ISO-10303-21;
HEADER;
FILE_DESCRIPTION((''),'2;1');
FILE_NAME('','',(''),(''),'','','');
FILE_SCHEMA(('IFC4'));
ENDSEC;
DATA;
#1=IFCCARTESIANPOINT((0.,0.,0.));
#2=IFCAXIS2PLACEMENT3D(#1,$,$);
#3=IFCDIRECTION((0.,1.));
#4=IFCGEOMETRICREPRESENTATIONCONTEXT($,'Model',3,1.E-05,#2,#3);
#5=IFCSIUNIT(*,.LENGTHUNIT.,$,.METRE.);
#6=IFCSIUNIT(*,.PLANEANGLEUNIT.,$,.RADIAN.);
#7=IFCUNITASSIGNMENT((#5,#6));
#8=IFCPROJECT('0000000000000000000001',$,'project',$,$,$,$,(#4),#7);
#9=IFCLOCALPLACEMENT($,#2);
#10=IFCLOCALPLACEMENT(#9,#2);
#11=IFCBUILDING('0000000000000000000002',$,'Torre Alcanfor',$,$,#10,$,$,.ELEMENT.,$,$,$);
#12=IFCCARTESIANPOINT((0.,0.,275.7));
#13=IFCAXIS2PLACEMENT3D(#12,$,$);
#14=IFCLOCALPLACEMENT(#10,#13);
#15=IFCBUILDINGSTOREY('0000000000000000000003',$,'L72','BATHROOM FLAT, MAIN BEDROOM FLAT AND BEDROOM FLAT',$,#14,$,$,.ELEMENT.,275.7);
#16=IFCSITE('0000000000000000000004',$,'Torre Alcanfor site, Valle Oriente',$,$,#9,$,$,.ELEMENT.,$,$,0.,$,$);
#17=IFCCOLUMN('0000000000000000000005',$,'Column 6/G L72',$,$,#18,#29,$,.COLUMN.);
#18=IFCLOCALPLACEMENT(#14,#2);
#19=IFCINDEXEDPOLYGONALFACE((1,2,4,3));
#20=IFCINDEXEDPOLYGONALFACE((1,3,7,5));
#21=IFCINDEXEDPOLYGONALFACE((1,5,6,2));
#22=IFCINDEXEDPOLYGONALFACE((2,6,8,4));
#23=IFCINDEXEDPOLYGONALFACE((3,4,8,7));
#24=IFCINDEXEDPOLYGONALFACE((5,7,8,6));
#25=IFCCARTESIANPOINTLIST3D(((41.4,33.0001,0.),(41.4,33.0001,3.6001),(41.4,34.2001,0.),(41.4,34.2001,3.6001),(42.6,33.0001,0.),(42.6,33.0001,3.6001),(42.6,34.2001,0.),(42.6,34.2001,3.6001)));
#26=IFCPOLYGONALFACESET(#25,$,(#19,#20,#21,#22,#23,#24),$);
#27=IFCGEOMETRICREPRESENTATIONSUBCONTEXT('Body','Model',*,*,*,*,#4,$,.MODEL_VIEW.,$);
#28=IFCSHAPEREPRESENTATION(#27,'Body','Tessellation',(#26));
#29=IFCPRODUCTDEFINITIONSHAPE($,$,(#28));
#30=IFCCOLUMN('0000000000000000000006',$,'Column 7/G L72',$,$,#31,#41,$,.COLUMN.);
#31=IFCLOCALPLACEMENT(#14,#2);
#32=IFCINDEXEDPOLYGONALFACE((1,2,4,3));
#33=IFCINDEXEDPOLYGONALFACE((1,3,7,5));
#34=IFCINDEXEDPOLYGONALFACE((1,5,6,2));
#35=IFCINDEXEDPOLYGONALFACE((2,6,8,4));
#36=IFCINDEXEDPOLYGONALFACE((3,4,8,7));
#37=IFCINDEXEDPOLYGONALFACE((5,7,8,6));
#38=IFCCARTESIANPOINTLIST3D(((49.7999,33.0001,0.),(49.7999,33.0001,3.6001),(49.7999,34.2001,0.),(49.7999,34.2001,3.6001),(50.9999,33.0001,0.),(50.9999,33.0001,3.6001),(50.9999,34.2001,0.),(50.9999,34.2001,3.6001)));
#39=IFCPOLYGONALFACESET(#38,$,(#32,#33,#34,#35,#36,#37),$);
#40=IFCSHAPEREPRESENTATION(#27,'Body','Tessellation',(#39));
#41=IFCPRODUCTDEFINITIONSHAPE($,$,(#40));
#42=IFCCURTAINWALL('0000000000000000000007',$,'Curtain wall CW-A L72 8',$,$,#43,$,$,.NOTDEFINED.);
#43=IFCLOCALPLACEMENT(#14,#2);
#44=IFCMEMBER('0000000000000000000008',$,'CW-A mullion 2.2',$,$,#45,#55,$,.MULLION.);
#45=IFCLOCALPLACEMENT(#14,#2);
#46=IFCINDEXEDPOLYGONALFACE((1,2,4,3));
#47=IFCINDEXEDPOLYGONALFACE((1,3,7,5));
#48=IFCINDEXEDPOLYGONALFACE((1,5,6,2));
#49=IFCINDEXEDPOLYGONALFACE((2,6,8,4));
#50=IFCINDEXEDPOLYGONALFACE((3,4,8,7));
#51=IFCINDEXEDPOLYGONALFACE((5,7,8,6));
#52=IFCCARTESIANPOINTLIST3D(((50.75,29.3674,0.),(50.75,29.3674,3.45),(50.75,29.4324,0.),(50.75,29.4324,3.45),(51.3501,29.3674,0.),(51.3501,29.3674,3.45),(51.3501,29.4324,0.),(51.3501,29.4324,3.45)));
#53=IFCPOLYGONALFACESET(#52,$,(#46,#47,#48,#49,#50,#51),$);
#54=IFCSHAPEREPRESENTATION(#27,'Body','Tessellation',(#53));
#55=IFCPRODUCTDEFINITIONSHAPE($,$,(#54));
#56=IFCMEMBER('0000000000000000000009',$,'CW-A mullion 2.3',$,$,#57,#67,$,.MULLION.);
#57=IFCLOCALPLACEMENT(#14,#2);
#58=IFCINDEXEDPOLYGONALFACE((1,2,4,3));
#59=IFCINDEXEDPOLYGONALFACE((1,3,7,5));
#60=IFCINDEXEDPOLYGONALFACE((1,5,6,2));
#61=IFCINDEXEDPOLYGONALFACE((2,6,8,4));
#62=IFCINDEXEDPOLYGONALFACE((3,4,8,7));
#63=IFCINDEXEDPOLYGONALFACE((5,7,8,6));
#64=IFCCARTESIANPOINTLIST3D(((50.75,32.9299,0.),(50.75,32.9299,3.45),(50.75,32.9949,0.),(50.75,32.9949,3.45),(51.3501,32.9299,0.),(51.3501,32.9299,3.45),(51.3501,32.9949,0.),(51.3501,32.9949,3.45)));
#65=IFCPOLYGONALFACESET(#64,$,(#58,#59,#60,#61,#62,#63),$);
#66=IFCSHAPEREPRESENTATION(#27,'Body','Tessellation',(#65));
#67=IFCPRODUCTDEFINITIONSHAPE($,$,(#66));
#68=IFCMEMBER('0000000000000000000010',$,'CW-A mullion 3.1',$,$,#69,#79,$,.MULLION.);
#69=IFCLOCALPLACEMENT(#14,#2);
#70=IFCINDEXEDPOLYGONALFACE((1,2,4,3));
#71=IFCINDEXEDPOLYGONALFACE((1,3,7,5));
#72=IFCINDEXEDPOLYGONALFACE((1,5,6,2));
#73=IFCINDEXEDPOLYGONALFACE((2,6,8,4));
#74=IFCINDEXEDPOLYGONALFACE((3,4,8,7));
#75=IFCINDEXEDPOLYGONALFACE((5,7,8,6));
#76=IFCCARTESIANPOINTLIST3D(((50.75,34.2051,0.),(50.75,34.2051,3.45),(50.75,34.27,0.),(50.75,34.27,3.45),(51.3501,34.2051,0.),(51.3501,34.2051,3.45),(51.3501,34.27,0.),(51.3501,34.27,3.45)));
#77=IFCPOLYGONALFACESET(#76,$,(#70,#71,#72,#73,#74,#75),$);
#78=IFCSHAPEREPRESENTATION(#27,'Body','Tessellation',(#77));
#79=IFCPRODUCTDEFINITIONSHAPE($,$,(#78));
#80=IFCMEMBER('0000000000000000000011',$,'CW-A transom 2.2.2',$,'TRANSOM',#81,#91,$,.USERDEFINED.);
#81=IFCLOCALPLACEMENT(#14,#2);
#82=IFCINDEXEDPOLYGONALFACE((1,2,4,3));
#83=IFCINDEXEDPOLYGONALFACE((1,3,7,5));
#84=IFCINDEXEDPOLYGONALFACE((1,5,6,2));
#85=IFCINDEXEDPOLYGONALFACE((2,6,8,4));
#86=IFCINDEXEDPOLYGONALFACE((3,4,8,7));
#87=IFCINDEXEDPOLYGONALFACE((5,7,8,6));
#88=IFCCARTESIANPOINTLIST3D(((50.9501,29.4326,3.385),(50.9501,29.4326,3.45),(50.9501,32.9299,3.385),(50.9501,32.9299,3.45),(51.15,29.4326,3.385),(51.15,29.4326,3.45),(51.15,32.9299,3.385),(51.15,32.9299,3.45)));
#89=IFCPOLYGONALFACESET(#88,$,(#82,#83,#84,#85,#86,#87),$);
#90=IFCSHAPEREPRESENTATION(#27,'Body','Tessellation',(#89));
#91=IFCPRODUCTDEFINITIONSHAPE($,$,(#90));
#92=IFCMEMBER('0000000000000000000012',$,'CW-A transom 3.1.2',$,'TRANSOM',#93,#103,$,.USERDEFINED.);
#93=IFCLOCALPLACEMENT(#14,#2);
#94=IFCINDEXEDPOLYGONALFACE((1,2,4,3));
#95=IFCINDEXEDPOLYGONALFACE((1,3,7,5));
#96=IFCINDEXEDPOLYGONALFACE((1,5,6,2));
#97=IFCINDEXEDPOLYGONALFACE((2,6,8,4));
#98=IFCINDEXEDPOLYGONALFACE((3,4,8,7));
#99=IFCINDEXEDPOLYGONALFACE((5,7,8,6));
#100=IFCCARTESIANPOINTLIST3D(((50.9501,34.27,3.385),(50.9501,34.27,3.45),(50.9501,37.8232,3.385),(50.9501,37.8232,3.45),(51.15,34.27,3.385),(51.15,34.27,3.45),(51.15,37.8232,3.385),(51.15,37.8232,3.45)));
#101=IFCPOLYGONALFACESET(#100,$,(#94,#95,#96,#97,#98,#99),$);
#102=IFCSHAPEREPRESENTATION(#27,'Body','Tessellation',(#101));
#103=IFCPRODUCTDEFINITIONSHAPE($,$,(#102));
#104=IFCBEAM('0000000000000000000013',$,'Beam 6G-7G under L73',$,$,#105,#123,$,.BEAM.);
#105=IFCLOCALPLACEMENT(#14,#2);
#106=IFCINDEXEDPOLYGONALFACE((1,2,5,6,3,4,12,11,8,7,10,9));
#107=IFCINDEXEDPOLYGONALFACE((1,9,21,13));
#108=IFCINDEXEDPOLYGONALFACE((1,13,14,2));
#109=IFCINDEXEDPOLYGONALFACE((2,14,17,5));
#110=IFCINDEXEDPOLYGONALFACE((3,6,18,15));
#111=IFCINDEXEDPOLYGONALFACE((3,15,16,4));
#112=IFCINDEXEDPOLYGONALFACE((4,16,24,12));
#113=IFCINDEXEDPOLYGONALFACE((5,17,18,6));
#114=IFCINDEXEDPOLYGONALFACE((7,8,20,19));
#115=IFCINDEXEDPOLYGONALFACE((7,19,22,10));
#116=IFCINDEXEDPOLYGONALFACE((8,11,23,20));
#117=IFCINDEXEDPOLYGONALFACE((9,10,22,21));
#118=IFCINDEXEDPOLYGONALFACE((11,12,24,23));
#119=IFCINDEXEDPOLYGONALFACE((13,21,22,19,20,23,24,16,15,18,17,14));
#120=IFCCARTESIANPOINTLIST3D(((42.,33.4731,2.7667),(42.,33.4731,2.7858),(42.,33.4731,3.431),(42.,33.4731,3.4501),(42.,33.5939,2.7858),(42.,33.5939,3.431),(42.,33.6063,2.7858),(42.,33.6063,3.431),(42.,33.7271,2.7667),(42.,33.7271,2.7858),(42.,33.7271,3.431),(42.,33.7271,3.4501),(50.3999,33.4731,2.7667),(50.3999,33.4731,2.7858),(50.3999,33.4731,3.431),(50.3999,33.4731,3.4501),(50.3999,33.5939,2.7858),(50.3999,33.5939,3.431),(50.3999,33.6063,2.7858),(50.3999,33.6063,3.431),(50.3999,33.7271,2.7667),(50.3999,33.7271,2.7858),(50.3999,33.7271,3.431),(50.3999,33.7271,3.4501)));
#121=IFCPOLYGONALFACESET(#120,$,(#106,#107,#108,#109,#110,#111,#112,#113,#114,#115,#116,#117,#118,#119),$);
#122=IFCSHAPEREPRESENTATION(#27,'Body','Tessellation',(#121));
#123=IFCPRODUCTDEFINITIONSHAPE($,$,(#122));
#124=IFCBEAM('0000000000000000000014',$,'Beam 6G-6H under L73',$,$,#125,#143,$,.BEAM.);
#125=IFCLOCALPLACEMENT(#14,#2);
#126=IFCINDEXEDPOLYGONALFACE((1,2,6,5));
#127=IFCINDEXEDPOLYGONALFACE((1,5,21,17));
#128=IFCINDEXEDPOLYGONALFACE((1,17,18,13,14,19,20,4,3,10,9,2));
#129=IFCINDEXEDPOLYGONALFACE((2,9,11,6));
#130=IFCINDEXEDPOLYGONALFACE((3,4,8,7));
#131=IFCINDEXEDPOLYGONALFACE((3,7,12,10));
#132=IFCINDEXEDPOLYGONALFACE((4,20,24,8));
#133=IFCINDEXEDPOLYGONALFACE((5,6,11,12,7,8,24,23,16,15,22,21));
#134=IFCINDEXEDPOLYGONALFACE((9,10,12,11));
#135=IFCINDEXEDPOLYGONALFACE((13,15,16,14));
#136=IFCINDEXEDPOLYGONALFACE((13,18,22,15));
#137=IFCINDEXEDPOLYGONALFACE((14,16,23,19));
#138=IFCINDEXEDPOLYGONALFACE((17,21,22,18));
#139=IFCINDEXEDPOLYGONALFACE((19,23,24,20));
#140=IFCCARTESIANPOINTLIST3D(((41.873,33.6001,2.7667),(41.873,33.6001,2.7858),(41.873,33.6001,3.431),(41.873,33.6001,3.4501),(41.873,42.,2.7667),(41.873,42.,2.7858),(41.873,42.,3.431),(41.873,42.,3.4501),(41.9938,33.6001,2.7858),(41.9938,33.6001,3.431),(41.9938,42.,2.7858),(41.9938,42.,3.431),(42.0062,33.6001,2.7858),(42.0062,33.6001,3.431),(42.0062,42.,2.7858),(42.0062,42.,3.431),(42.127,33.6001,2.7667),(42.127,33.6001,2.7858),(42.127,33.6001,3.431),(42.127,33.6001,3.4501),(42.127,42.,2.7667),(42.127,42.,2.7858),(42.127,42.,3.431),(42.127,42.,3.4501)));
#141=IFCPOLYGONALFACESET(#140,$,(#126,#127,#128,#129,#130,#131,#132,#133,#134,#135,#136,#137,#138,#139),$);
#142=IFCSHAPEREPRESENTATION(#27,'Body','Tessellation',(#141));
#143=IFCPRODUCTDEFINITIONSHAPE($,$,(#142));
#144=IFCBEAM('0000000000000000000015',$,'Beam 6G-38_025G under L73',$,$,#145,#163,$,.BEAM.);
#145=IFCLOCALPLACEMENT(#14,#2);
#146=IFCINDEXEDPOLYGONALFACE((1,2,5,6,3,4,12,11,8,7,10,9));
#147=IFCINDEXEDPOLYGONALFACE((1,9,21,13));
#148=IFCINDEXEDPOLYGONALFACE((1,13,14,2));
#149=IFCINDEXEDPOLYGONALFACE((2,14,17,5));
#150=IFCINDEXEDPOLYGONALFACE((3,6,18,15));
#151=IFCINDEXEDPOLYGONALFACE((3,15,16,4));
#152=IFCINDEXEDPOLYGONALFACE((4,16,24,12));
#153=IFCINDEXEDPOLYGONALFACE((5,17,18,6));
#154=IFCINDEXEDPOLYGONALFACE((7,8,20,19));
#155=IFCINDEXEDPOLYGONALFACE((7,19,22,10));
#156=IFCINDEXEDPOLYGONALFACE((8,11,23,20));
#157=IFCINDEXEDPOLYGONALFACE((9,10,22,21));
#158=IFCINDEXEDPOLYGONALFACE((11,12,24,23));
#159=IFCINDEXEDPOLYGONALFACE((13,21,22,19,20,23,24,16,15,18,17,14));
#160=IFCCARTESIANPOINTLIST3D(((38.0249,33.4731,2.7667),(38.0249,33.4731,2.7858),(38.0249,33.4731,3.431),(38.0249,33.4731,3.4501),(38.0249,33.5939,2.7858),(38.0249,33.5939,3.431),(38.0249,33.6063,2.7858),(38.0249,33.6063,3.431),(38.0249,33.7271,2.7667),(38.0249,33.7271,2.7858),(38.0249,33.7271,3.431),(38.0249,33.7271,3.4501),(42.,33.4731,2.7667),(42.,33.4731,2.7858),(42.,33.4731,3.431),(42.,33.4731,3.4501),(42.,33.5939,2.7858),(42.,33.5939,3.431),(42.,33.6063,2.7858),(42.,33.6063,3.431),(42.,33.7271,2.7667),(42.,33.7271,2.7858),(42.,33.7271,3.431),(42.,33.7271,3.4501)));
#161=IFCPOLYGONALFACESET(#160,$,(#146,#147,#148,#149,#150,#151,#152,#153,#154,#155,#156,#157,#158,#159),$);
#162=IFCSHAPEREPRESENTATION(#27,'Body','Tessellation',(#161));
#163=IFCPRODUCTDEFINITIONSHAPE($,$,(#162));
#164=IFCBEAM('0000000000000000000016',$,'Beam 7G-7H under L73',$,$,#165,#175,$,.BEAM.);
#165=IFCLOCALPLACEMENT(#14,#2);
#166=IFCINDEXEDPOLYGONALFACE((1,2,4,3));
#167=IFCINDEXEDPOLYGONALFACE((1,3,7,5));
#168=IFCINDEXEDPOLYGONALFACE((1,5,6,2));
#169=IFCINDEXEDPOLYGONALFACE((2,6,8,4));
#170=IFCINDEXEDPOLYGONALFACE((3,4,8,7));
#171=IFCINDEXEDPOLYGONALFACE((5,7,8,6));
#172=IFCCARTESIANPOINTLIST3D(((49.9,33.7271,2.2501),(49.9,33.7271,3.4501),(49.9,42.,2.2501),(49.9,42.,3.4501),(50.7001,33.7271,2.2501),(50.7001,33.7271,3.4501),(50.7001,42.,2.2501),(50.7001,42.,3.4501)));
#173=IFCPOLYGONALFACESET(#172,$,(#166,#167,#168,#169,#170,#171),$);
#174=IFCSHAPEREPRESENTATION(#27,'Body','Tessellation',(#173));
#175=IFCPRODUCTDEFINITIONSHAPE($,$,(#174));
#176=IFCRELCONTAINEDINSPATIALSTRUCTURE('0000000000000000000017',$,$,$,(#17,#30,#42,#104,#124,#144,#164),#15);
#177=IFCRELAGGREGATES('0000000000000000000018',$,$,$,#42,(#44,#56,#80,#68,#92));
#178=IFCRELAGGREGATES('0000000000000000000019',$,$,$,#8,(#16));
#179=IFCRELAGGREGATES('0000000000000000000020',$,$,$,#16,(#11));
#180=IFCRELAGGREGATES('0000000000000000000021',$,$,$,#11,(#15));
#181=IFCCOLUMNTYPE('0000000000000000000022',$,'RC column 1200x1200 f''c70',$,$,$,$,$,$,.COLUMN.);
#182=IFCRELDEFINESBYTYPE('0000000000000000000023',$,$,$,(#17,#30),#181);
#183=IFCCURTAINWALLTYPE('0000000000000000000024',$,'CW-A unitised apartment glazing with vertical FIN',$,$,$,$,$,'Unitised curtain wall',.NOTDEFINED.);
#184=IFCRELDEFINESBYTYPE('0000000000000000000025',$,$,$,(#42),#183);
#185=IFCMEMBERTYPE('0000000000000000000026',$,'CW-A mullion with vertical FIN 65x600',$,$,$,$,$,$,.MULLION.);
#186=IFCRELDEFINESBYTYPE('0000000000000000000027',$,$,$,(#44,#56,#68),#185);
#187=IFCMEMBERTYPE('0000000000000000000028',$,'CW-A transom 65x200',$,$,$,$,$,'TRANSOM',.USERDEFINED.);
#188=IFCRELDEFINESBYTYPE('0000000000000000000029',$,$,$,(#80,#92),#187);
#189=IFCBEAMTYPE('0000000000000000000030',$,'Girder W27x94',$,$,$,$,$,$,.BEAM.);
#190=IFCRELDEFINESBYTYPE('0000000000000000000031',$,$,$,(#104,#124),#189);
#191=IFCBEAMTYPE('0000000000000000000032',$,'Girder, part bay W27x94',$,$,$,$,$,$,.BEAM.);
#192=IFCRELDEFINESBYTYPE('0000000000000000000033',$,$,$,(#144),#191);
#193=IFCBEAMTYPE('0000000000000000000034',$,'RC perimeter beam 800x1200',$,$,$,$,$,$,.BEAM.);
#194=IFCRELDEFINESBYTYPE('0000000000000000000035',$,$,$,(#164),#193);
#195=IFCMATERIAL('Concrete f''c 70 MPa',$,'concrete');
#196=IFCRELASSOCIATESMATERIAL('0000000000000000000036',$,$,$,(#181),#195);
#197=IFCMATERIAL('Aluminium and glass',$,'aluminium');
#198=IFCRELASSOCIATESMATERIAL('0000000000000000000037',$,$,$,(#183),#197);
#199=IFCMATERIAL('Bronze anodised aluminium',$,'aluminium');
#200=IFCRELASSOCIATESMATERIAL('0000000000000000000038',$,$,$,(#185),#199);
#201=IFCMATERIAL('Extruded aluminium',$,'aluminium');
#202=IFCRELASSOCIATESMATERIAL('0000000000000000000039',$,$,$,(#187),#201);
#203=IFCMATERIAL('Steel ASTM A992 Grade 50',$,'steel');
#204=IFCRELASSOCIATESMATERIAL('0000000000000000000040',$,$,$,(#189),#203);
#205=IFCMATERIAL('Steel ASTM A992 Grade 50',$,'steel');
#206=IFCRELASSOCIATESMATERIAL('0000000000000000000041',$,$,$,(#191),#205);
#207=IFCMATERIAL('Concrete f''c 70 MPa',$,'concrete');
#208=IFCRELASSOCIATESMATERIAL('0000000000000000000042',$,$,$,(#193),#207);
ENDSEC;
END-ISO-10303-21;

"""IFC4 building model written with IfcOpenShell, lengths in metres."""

from ifc_helpers import new_model, si_unit, direction, frame, origin, origin_2d, place, context, subcontext, project, spatial, rectangle, i_section, extrude, material, material_profile, profile_set, type_object, element, aggregate, save


model = new_model("IFC4")

# Units and contexts
model_context = context("Model", 3, precision=1e-05, world=origin(), true_north=direction((0.0, 1.0)))
body_context = subcontext(model_context, "Body", "Model", "MODEL_VIEW")
ifc_project = project(units=[si_unit("LENGTHUNIT", "METRE"), si_unit("PLANEANGLEUNIT", "RADIAN")], contexts=[model_context])

# Site, building, storey
site_placement = place(None, origin())
site = spatial("IfcSite", under=ifc_project, at=site_placement, Name="Torre Alcanfor site, Valle Oriente", CompositionType="ELEMENT", RefElevation=0.0)
building_placement = place(site_placement, origin())
building = spatial("IfcBuilding", under=site, at=building_placement, Name="Torre Alcanfor", CompositionType="ELEMENT")
storey_placement = place(building_placement, frame((0.0, 0.0, 275.7)))
storey = spatial("IfcBuildingStorey", under=building, at=storey_placement, Name="L72", Description="BATHROOM FLAT, MAIN BEDROOM FLAT AND BEDROOM FLAT", CompositionType="ELEMENT", Elevation=275.7)

# Columns
ifc_material_1 = material(Name="Concrete f'c 70 MPa", Category="concrete")
ifc_material_profile_1 = material_profile(ifc_material_1, rectangle(XDim=1.2, YDim=1.2, at=origin_2d()), Name="1200x1200")
ifc_profile_set_1 = profile_set([ifc_material_profile_1], Name="Concrete f'c 70 MPa")
column_type = type_object("IfcColumnType", Name="RC column 1200x1200 f'c70", PredefinedType="COLUMN", material=ifc_profile_set_1)
for number, where, z_axis, x_axis, name in (
    (1, (42.0, 33.6001, 0.0), (0.0, 0.0, 1.0), (1.0, 0.0, 0.0), "Column 6/G L72"),
    (2, (50.3999, 33.6001, 0.0), (0.0, 0.0, 1.0), (1.0, 0.0, 0.0), "Column 7/G L72"),
):
    element("IfcColumn", number, at=place(storey_placement, frame(where, z_axis=z_axis, x_axis=x_axis)), inside=storey, type_object=column_type, Name=name, PredefinedType="COLUMN", context=body_context, shape_type="SweptSolid", body=[
        extrude(rectangle(XDim=1.2, YDim=1.2, at=origin_2d()), origin(), (0.0, 0.0, 1.0), 3.6001),
    ])

# Curtain wall, members
ifc_material_2 = material(Name="Aluminium and glass", Category="aluminium")
curtain_wall_type = type_object("IfcCurtainWallType", Name="CW-A unitised apartment glazing with vertical FIN", ElementType="Unitised curtain wall", PredefinedType="NOTDEFINED", material=ifc_material_2)
curtain_wall_placement = place(storey_placement, origin())
curtain_wall = element("IfcCurtainWall", 3, at=curtain_wall_placement, inside=storey, type_object=curtain_wall_type, Name="Curtain wall CW-A L72 8", PredefinedType="NOTDEFINED")
ifc_material_3 = material(Name="Bronze anodised aluminium", Category="aluminium")
ifc_material_profile_2 = material_profile(ifc_material_3, rectangle(XDim=0.6001, YDim=0.0649, at=origin_2d()), Name="CW-A mullion 65x600")
ifc_profile_set_2 = profile_set([ifc_material_profile_2], Name="Bronze anodised aluminium")
member_type_1 = type_object("IfcMemberType", Name="CW-A mullion with vertical FIN 65x600", PredefinedType="MULLION", material=ifc_profile_set_2)
member_1_placement = place(storey_placement, frame((51.05, 29.3999, 0.0), z_axis=(0.0, 0.0, 1.0), x_axis=(-1.0, 0.0, 0.0)))
member_1 = element("IfcMember", 4, at=member_1_placement, type_object=member_type_1, Name="CW-A mullion 2.2", PredefinedType="MULLION", context=body_context, shape_type="SweptSolid", body=[
    extrude(rectangle(XDim=0.6001, YDim=0.0649, at=origin_2d()), origin(), (0.0, 0.0, 1.0), 3.45),
])
member_2_placement = place(storey_placement, frame((51.05, 32.9624, 0.0), z_axis=(0.0, 0.0, 1.0), x_axis=(-1.0, 0.0, 0.0)))
member_2 = element("IfcMember", 5, at=member_2_placement, type_object=member_type_1, Name="CW-A mullion 2.3", PredefinedType="MULLION", context=body_context, shape_type="SweptSolid", body=[
    extrude(rectangle(XDim=0.6001, YDim=0.0649, at=origin_2d()), origin(), (0.0, 0.0, 1.0), 3.45),
])
member_3_placement = place(storey_placement, frame((51.05, 34.2375, 0.0), z_axis=(0.0, 0.0, 1.0), x_axis=(-1.0, 0.0, 0.0)))
member_3 = element("IfcMember", 6, at=member_3_placement, type_object=member_type_1, Name="CW-A mullion 3.1", PredefinedType="MULLION", context=body_context, shape_type="SweptSolid", body=[
    extrude(rectangle(XDim=0.6001, YDim=0.0649, at=origin_2d()), origin(), (0.0, 0.0, 1.0), 3.45),
])
ifc_material_4 = material(Name="Extruded aluminium", Category="aluminium")
ifc_material_profile_3 = material_profile(ifc_material_4, rectangle(XDim=0.2, YDim=0.0649, at=origin_2d()), Name="CW-A transom 200x65")
ifc_profile_set_3 = profile_set([ifc_material_profile_3], Name="Extruded aluminium")
member_type_2 = type_object("IfcMemberType", Name="CW-A transom 65x200", ElementType="TRANSOM", PredefinedType="USERDEFINED", material=ifc_profile_set_3)
member_4_placement = place(storey_placement, frame((51.05, 29.4326, 3.4175), z_axis=(0.0, 1.0, 0.0), x_axis=(-1.0, 0.0, 0.0)))
member_4 = element("IfcMember", 7, at=member_4_placement, type_object=member_type_2, Name="CW-A transom 2.2.2", ObjectType="TRANSOM", PredefinedType="USERDEFINED", context=body_context, shape_type="SweptSolid", body=[
    extrude(rectangle(XDim=0.2, YDim=0.0649, at=origin_2d()), origin(), (0.0, 0.0, 1.0), 3.4973),
])
member_5_placement = place(storey_placement, frame((51.05, 34.27, 3.4175), z_axis=(0.0, 1.0, 0.0), x_axis=(-1.0, 0.0, 0.0)))
member_5 = element("IfcMember", 8, at=member_5_placement, type_object=member_type_2, Name="CW-A transom 3.1.2", ObjectType="TRANSOM", PredefinedType="USERDEFINED", context=body_context, shape_type="SweptSolid", body=[
    extrude(rectangle(XDim=0.2, YDim=0.0649, at=origin_2d()), origin(), (0.0, 0.0, 1.0), 3.5532),
])

# Beams
ifc_material_5 = material(Name="Steel ASTM A992 Grade 50", Category="steel")
ifc_material_profile_4 = material_profile(ifc_material_5, i_section(OverallWidth=0.2539, OverallDepth=0.6833, WebThickness=0.0125, FlangeThickness=0.019, at=origin_2d()), Name="W27x94")
ifc_profile_set_4 = profile_set([ifc_material_profile_4], Name="Steel ASTM A992 Grade 50")
beam_type_1 = type_object("IfcBeamType", Name="Girder W27x94", PredefinedType="BEAM", material=ifc_profile_set_4)
for number, where, z_axis, x_axis, name in (
    (9, (42.0, 33.6001, 3.1084), (1.0, 0.0, 0.0), (0.0, 1.0, 0.0), "Beam 6G-7G under L73"),
    (10, (42.0, 33.6001, 3.1084), (0.0, 1.0, 0.0), (-1.0, 0.0, 0.0), "Beam 6G-6H under L73"),
):
    element("IfcBeam", number, at=place(storey_placement, frame(where, z_axis=z_axis, x_axis=x_axis)), inside=storey, type_object=beam_type_1, Name=name, PredefinedType="BEAM", context=body_context, shape_type="SweptSolid", body=[
        extrude(i_section(OverallWidth=0.2539, OverallDepth=0.6833, WebThickness=0.0125, FlangeThickness=0.019, at=origin_2d()), origin(), (0.0, 0.0, 1.0), 8.3999),
    ])
ifc_material_6 = material(Name="Steel ASTM A992 Grade 50", Category="steel")
ifc_material_profile_5 = material_profile(ifc_material_6, i_section(OverallWidth=0.2539, OverallDepth=0.6833, WebThickness=0.0125, FlangeThickness=0.019, at=origin_2d()), Name="W27x94")
ifc_profile_set_5 = profile_set([ifc_material_profile_5], Name="Steel ASTM A992 Grade 50")
beam_type_2 = type_object("IfcBeamType", Name="Girder, part bay W27x94", PredefinedType="BEAM", material=ifc_profile_set_5)
beam_1_placement = place(storey_placement, frame((42.0, 33.6001, 3.1084), z_axis=(-1.0, 0.0, 0.0), x_axis=(0.0, -1.0, 0.0)))
element("IfcBeam", 11, at=beam_1_placement, inside=storey, type_object=beam_type_2, Name="Beam 6G-38_025G under L73", PredefinedType="BEAM", context=body_context, shape_type="SweptSolid", body=[
    extrude(i_section(OverallWidth=0.2539, OverallDepth=0.6833, WebThickness=0.0125, FlangeThickness=0.019, at=origin_2d()), origin(), (0.0, 0.0, 1.0), 3.9751),
])
ifc_material_7 = material(Name="Concrete f'c 70 MPa", Category="concrete")
ifc_material_profile_6 = material_profile(ifc_material_7, rectangle(XDim=0.8, YDim=1.2, at=origin_2d()), Name="800x1200")
ifc_profile_set_6 = profile_set([ifc_material_profile_6], Name="Concrete f'c 70 MPa")
beam_type_3 = type_object("IfcBeamType", Name="RC perimeter beam 800x1200", PredefinedType="BEAM", material=ifc_profile_set_6)
beam_2_placement = place(storey_placement, frame((50.3, 33.7271, 2.8501), z_axis=(0.0, 1.0, 0.0), x_axis=(-1.0, 0.0, 0.0)))
element("IfcBeam", 12, at=beam_2_placement, inside=storey, type_object=beam_type_3, Name="Beam 7G-7H under L73", PredefinedType="BEAM", context=body_context, shape_type="SweptSolid", body=[
    extrude(rectangle(XDim=0.8, YDim=1.2, at=origin_2d()), origin(), (0.0, 0.0, 1.0), 8.2729),
])

aggregate(curtain_wall, [member_1, member_2, member_4, member_3, member_5])

save(model, "model.ifc")
